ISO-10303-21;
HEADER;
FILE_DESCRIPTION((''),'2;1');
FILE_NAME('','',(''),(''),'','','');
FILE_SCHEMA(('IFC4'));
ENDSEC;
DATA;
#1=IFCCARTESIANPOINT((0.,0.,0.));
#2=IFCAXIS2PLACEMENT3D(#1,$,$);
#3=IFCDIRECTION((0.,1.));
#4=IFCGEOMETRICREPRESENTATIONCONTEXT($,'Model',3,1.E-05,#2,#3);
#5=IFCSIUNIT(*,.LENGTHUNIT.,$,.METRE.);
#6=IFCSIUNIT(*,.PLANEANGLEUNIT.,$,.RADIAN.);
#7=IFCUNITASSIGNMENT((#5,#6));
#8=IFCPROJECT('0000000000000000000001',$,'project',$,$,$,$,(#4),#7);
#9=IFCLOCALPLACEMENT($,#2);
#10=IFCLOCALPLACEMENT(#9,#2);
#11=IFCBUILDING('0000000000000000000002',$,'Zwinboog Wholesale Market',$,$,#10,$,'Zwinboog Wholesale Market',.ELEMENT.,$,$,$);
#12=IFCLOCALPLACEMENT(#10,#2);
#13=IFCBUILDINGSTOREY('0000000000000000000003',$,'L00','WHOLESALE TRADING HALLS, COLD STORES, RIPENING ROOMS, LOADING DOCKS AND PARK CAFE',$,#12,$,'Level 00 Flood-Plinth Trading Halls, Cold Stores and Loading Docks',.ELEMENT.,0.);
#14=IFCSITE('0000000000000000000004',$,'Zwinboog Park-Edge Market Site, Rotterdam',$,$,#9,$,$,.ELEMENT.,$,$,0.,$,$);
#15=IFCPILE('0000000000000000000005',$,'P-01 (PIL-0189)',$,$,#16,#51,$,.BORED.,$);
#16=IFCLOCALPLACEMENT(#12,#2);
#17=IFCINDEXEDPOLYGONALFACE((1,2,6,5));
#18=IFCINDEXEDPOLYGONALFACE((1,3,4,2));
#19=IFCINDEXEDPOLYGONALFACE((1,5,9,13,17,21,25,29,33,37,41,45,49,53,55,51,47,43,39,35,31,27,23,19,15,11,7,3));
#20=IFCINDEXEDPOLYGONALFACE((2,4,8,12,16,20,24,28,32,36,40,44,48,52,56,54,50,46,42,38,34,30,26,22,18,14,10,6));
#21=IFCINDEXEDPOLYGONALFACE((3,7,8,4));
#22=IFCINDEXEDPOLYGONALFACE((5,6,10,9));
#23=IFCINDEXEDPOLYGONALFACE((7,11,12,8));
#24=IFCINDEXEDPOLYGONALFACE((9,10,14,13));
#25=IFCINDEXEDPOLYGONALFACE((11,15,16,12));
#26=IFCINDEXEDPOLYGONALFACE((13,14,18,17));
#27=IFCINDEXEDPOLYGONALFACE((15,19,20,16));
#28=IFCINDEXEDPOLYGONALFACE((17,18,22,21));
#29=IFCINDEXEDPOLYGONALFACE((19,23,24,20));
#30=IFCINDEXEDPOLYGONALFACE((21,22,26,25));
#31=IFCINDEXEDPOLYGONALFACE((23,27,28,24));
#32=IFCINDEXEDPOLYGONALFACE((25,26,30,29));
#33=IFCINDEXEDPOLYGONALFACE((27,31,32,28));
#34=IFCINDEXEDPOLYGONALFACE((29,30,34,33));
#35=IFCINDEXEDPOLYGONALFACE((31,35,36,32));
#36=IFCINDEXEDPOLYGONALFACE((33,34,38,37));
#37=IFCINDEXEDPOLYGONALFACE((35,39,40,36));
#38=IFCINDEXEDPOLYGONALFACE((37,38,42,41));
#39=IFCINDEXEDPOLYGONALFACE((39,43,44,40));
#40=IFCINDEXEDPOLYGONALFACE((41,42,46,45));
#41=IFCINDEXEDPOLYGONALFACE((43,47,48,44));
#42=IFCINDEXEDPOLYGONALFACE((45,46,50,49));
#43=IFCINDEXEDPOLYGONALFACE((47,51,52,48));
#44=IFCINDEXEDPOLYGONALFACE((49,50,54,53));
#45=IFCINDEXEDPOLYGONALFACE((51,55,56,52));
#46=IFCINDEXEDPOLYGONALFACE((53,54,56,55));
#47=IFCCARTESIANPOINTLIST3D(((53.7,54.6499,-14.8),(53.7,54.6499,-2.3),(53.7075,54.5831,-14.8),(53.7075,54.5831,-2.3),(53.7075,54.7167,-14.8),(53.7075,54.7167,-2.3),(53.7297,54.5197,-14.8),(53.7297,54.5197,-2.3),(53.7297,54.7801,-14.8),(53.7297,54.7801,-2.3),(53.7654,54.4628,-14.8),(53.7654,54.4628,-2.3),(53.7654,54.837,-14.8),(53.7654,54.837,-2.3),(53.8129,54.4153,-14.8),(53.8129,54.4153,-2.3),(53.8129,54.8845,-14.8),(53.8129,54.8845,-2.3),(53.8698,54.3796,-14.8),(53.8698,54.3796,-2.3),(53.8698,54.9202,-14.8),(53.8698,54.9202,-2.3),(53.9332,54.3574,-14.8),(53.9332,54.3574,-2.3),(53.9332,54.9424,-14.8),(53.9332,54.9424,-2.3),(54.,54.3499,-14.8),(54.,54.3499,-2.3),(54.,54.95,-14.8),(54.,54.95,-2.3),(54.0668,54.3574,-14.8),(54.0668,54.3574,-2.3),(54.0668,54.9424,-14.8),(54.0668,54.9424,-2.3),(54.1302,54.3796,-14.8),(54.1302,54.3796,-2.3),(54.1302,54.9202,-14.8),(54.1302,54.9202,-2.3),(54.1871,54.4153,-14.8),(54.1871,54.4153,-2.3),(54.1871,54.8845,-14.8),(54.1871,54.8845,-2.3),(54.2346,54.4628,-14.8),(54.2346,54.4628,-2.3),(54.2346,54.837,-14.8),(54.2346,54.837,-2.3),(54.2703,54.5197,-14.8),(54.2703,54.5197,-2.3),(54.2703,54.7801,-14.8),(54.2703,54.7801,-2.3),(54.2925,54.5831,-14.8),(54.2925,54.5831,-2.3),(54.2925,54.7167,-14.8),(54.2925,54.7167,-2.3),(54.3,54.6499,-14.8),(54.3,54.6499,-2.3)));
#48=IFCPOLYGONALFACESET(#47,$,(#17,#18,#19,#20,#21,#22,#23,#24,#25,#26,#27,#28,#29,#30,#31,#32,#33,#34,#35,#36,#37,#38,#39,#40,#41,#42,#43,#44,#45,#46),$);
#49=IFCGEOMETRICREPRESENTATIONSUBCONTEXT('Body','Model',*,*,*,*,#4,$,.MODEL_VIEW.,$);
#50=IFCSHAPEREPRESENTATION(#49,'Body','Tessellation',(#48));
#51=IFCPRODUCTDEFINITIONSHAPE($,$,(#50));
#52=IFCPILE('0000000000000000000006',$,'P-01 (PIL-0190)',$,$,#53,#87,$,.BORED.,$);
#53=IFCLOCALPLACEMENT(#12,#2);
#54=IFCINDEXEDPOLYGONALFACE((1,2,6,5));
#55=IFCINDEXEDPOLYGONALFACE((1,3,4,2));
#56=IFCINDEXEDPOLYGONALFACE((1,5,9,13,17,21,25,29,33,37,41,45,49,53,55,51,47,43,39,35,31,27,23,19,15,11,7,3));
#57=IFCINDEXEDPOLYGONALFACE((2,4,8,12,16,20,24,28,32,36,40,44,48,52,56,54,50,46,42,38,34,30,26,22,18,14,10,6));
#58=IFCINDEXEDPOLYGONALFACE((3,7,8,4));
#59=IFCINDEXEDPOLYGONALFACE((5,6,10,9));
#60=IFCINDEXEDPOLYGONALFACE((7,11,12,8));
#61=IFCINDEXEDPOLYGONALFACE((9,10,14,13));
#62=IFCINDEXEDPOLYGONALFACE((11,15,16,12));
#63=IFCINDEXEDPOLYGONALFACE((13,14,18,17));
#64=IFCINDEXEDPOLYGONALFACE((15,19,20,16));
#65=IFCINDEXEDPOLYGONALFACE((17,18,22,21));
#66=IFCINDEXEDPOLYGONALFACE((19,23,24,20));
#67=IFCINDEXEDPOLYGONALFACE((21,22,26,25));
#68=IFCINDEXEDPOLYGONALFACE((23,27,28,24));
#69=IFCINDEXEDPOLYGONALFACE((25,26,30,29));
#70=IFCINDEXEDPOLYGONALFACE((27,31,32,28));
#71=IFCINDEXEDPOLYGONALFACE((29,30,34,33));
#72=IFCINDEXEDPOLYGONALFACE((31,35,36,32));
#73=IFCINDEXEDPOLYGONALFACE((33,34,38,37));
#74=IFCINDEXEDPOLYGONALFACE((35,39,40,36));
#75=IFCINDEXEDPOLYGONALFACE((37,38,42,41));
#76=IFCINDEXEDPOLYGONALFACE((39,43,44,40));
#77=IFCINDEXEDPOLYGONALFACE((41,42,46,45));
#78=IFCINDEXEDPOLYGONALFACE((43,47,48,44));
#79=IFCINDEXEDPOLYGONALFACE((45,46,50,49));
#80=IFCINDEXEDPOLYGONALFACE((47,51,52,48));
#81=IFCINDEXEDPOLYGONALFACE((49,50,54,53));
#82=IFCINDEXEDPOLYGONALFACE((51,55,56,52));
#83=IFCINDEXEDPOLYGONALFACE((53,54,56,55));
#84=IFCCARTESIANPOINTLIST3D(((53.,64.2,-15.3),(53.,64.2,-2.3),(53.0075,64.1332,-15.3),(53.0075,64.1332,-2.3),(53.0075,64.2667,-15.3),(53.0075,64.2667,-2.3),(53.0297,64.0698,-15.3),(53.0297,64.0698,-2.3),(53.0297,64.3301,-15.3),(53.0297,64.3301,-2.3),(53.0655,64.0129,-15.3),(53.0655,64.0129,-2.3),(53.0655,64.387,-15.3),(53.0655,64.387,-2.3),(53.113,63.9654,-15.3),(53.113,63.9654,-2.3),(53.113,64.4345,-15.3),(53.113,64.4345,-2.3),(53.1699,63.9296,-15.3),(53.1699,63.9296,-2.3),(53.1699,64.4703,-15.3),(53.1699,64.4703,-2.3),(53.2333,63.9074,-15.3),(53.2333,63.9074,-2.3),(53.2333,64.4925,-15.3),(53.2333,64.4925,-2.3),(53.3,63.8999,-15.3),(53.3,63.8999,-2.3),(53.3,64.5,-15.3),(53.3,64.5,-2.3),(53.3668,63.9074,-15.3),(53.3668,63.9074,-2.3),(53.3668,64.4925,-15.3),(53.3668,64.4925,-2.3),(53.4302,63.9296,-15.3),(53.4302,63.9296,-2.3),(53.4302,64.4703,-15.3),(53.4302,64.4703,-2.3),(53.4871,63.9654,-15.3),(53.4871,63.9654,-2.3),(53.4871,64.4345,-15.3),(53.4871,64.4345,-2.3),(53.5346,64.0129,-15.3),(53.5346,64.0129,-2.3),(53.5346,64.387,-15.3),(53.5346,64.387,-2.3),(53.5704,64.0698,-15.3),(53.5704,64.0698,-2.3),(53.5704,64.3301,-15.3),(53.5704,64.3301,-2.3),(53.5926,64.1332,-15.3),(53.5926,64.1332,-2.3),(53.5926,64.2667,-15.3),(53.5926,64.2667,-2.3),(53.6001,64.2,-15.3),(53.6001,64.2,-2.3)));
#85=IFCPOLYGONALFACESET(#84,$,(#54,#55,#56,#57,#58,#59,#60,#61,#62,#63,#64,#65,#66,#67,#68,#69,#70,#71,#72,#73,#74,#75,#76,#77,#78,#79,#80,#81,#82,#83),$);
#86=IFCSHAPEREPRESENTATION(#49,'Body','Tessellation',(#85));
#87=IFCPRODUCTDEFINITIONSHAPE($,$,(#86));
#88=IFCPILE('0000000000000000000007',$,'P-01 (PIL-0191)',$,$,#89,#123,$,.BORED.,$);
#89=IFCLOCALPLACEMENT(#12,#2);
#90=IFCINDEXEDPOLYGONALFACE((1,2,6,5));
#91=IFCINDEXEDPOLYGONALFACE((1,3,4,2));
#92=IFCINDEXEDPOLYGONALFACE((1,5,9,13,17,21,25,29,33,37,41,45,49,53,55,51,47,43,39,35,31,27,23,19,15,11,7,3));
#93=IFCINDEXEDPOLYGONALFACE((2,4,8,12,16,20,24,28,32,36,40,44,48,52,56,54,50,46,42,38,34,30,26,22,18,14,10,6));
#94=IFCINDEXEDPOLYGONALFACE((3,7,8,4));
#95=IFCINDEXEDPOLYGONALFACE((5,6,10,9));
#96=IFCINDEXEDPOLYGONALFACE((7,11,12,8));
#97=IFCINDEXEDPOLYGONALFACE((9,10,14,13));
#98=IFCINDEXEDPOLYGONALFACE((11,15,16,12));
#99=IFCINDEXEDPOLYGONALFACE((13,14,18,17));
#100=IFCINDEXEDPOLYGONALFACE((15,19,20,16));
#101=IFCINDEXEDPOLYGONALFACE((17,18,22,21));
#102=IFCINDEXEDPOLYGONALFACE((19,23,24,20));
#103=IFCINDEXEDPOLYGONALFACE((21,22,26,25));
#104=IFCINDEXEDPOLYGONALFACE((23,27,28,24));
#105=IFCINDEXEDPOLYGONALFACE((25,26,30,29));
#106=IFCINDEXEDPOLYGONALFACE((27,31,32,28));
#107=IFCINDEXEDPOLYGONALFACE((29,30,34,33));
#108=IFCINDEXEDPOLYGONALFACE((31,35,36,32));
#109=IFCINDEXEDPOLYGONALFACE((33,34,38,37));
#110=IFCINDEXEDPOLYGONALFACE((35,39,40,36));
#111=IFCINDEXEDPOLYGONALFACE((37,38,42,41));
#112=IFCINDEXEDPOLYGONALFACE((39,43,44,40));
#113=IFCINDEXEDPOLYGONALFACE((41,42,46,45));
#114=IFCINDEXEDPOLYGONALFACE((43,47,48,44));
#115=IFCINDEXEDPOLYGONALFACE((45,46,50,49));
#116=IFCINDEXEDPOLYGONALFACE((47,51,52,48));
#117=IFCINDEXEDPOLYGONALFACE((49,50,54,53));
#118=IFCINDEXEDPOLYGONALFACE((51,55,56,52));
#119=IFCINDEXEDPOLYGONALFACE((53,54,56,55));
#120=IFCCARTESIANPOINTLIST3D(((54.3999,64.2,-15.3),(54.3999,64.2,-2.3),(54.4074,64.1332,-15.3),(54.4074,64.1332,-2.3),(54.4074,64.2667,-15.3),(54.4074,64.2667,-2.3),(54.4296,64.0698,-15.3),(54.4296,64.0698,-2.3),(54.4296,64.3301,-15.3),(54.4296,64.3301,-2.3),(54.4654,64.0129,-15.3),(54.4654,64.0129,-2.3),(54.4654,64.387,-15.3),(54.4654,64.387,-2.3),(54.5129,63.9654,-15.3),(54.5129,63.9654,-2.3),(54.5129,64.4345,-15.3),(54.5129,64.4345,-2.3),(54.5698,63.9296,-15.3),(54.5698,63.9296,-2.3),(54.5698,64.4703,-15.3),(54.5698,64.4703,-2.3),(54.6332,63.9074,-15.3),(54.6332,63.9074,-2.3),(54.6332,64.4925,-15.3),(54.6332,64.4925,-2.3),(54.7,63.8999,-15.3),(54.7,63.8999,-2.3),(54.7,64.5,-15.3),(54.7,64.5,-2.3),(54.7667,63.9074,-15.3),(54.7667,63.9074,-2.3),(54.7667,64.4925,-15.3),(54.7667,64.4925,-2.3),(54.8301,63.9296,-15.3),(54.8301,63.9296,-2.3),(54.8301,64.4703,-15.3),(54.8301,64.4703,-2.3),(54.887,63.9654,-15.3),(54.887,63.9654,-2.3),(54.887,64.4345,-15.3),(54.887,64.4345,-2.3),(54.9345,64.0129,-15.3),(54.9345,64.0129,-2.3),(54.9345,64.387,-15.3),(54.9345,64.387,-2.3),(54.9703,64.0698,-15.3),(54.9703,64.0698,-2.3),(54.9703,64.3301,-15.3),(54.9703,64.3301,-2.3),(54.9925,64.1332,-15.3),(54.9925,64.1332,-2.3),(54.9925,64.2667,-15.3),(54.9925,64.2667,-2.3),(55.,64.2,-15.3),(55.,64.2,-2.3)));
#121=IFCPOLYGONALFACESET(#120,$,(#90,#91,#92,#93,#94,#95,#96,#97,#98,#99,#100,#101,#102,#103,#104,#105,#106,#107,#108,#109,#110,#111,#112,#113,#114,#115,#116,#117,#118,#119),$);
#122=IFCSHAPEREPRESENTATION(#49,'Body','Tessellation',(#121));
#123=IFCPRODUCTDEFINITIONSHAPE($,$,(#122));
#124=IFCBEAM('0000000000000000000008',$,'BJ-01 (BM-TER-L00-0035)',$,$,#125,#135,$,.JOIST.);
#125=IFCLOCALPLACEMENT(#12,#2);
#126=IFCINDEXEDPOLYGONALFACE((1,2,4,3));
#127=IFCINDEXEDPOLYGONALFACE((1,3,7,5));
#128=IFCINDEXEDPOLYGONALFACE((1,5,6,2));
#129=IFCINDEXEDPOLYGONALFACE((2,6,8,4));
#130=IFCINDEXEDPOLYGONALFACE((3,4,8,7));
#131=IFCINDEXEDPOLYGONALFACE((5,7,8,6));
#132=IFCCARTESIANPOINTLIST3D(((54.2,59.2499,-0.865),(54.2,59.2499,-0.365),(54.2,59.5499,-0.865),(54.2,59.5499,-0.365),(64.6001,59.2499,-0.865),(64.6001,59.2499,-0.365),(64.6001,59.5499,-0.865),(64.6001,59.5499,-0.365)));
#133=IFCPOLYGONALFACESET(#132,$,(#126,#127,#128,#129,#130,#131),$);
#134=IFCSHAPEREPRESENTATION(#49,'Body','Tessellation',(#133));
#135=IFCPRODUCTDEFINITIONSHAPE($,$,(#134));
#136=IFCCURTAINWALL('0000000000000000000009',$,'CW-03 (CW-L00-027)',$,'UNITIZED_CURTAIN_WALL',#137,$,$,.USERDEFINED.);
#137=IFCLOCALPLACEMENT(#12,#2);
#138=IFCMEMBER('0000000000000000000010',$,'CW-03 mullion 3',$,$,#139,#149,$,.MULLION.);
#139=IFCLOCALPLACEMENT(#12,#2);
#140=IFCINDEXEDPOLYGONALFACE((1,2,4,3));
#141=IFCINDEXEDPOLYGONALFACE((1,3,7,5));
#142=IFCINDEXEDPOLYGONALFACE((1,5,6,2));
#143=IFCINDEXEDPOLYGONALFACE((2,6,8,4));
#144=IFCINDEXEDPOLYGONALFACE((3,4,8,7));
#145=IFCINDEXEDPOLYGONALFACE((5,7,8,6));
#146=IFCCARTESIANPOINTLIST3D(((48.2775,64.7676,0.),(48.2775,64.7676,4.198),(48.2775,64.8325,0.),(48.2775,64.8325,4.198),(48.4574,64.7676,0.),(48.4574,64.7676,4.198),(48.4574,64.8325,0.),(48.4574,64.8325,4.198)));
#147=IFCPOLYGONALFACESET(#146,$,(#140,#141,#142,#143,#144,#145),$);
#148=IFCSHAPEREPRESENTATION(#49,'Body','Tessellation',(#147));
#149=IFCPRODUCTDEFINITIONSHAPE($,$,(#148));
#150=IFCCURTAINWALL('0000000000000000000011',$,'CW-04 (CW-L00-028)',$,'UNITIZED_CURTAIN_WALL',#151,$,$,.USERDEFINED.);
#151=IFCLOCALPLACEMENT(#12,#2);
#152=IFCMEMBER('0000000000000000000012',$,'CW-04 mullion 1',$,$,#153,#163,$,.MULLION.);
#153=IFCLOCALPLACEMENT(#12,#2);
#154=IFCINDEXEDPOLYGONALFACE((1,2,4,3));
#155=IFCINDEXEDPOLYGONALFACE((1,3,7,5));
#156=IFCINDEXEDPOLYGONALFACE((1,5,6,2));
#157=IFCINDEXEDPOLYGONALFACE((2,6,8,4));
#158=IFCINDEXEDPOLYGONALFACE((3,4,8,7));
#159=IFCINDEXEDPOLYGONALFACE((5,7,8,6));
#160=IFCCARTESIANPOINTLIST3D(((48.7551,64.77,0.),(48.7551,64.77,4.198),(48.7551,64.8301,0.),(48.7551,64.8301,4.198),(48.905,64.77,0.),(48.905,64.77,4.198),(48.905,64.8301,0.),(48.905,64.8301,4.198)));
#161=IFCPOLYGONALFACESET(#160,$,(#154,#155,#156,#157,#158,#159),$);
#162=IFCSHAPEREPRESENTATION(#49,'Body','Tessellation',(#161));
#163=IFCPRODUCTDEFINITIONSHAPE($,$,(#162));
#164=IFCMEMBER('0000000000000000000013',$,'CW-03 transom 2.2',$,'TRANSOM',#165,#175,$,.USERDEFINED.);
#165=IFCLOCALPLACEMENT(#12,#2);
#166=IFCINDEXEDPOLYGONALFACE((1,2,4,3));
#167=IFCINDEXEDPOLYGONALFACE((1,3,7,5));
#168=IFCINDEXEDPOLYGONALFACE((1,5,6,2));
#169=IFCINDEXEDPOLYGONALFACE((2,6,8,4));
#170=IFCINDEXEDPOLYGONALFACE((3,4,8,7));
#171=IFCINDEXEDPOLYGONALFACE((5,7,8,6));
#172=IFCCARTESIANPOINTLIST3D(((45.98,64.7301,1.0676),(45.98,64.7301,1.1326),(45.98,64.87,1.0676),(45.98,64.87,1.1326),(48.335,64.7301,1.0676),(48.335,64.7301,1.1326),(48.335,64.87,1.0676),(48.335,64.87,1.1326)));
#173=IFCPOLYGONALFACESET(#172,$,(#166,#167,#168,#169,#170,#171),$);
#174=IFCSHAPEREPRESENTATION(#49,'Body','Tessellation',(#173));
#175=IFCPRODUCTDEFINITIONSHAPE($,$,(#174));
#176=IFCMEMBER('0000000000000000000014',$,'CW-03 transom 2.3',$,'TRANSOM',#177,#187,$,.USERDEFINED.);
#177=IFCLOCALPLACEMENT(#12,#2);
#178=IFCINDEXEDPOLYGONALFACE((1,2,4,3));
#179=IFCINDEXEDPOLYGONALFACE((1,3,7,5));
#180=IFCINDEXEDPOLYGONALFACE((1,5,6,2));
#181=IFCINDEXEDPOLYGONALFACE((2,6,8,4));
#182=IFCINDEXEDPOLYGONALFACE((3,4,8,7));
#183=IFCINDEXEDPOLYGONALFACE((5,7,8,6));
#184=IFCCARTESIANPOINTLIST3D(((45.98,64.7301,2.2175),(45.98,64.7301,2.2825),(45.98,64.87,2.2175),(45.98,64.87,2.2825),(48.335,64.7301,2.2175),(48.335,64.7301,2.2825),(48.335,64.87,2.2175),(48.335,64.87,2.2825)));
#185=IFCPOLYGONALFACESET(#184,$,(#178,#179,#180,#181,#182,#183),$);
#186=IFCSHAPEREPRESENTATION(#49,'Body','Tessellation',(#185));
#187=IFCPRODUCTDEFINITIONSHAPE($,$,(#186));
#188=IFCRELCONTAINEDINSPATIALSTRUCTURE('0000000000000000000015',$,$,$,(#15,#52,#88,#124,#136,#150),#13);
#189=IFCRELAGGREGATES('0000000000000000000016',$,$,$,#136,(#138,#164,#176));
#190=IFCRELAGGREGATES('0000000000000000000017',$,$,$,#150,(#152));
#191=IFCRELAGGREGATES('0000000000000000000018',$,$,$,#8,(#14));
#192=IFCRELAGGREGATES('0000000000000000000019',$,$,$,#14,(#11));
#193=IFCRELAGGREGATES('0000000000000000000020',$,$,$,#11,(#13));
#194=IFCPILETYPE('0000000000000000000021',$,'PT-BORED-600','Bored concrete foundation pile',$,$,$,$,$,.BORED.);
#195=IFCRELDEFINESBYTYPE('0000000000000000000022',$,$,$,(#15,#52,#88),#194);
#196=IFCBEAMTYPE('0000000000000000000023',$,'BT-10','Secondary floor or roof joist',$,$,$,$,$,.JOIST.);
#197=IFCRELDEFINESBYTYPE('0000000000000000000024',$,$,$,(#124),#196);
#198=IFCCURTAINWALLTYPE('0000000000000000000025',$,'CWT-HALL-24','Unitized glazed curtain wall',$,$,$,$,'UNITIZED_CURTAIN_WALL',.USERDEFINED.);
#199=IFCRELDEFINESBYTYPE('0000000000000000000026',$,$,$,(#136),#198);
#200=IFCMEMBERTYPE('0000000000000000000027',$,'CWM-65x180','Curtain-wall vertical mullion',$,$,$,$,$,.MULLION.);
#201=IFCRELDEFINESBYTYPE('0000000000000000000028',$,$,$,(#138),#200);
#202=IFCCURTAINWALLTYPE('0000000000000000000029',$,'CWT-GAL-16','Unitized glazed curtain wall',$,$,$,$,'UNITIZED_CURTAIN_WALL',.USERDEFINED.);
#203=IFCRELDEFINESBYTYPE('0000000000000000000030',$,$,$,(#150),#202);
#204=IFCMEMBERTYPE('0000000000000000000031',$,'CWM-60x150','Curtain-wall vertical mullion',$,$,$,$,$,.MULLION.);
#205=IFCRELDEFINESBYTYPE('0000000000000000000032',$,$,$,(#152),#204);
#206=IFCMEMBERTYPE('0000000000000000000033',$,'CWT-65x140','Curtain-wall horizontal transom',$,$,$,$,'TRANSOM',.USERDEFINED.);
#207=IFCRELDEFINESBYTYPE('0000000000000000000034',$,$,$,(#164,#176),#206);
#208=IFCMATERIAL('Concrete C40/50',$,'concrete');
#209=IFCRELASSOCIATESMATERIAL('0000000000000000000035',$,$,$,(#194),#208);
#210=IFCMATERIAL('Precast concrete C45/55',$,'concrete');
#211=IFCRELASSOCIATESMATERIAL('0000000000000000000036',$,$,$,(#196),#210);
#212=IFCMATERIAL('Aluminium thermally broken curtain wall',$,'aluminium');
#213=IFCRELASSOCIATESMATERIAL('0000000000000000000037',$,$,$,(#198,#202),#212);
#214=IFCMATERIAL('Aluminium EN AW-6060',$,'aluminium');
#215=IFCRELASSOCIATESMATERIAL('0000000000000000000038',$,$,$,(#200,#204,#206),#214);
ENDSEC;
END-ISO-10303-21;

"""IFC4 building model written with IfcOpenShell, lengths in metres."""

from ifc_helpers import new_model, si_unit, direction, frame, origin, origin_2d, place, context, subcontext, project, spatial, rectangle, circle, extrude, material, material_profile, profile_set, type_object, element, aggregate, save


model = new_model("IFC4")

# Units and contexts
model_context = context("Model", 3, precision=1e-05, world=origin(), true_north=direction((0.0, 1.0)))
body_context = subcontext(model_context, "Body", "Model", "MODEL_VIEW")
ifc_project = project(units=[si_unit("LENGTHUNIT", "METRE"), si_unit("PLANEANGLEUNIT", "RADIAN")], contexts=[model_context])

# Site, building, storey
site_placement = place(None, origin())
site = spatial("IfcSite", under=ifc_project, at=site_placement, Name="Zwinboog Park-Edge Market Site, Rotterdam", CompositionType="ELEMENT", RefElevation=0.0)
building_placement = place(site_placement, origin())
building = spatial("IfcBuilding", under=site, at=building_placement, Name="Zwinboog Wholesale Market", LongName="Zwinboog Wholesale Market", CompositionType="ELEMENT")
storey_placement = place(building_placement, origin())
storey = spatial("IfcBuildingStorey", under=building, at=storey_placement, Name="L00", Description="WHOLESALE TRADING HALLS, COLD STORES, RIPENING ROOMS, LOADING DOCKS AND PARK CAFE", LongName="Level 00 Flood-Plinth Trading Halls, Cold Stores and Loading Docks", CompositionType="ELEMENT", Elevation=0.0)

# Piles
ifc_material_1 = material(Name="Concrete C40/50", Category="concrete")
ifc_material_profile_1 = material_profile(ifc_material_1, circle(Radius=0.3, at=origin_2d()), Name="PILE D600")
ifc_profile_set_1 = profile_set([ifc_material_profile_1], Name="Concrete C40/50")
pile_type = type_object("IfcPileType", Name="PT-BORED-600", Description="Bored concrete foundation pile", PredefinedType="BORED", material=ifc_profile_set_1)
pile_placement = place(storey_placement, frame((54.0, 54.6499, -2.3), z_axis=(0.0, 0.0, -1.0), x_axis=(1.0, 0.0, 0.0)))
element("IfcPile", 1, at=pile_placement, inside=storey, type_object=pile_type, Name="P-01 (PIL-0189)", PredefinedType="BORED", context=body_context, shape_type="SweptSolid", body=[
    extrude(circle(Radius=0.3, at=origin_2d()), origin(), (0.0, 0.0, 1.0), 12.5),
])
for number, where, z_axis, x_axis, name in (
    (2, (53.3, 64.2, -2.3), (0.0, 0.0, -1.0), (1.0, 0.0, 0.0), "P-01 (PIL-0190)"),
    (3, (54.7, 64.2, -2.3), (0.0, 0.0, -1.0), (1.0, 0.0, 0.0), "P-01 (PIL-0191)"),
):
    element("IfcPile", number, at=place(storey_placement, frame(where, z_axis=z_axis, x_axis=x_axis)), inside=storey, type_object=pile_type, Name=name, PredefinedType="BORED", context=body_context, shape_type="SweptSolid", body=[
        extrude(circle(Radius=0.3, at=origin_2d()), origin(), (0.0, 0.0, 1.0), 13.0),
    ])

# Beam
ifc_material_2 = material(Name="Precast concrete C45/55", Category="concrete")
ifc_material_profile_2 = material_profile(ifc_material_2, rectangle(XDim=0.3, YDim=0.5, at=origin_2d()), Name="PC 300x500")
ifc_profile_set_2 = profile_set([ifc_material_profile_2], Name="Precast concrete C45/55")
beam_type = type_object("IfcBeamType", Name="BT-10", Description="Secondary floor or roof joist", PredefinedType="JOIST", material=ifc_profile_set_2)
beam_placement = place(storey_placement, frame((54.2, 59.3999, -0.615), z_axis=(1.0, 0.0, 0.0), x_axis=(0.0, 1.0, 0.0)))
element("IfcBeam", 4, at=beam_placement, inside=storey, type_object=beam_type, Name="BJ-01 (BM-TER-L00-0035)", PredefinedType="JOIST", context=body_context, shape_type="SweptSolid", body=[
    extrude(rectangle(XDim=0.3, YDim=0.5, at=origin_2d()), origin(), (0.0, 0.0, 1.0), 10.4001),
])

# Curtain walls, members
ifc_material_3 = material(Name="Aluminium thermally broken curtain wall", Category="aluminium")
curtain_wall_type_1 = type_object("IfcCurtainWallType", Name="CWT-HALL-24", Description="Unitized glazed curtain wall", ElementType="UNITIZED_CURTAIN_WALL", PredefinedType="USERDEFINED", material=ifc_material_3)
curtain_wall_1_placement = place(storey_placement, origin())
curtain_wall_1 = element("IfcCurtainWall", 5, at=curtain_wall_1_placement, inside=storey, type_object=curtain_wall_type_1, Name="CW-03 (CW-L00-027)", ObjectType="UNITIZED_CURTAIN_WALL", PredefinedType="USERDEFINED")
ifc_material_4 = material(Name="Aluminium EN AW-6060", Category="aluminium")
ifc_material_profile_3 = material_profile(ifc_material_4, rectangle(XDim=0.0649, YDim=0.1799, at=origin_2d()), Name="AL 65x180")
ifc_profile_set_3 = profile_set([ifc_material_profile_3], Name="Aluminium EN AW-6060")
member_type_1 = type_object("IfcMemberType", Name="CWM-65x180", Description="Curtain-wall vertical mullion", PredefinedType="MULLION", material=ifc_profile_set_3)
member_1_placement = place(storey_placement, frame((48.3674, 64.8, 0.0), z_axis=(0.0, 0.0, 1.0), x_axis=(0.0, 1.0, 0.0)))
member_1 = element("IfcMember", 6, at=member_1_placement, type_object=member_type_1, Name="CW-03 mullion 3", PredefinedType="MULLION", context=body_context, shape_type="SweptSolid", body=[
    extrude(rectangle(XDim=0.0649, YDim=0.1799, at=origin_2d()), origin(), (0.0, 0.0, 1.0), 4.198),
])
curtain_wall_type_2 = type_object("IfcCurtainWallType", Name="CWT-GAL-16", Description="Unitized glazed curtain wall", ElementType="UNITIZED_CURTAIN_WALL", PredefinedType="USERDEFINED", material=ifc_material_3)
curtain_wall_2_placement = place(storey_placement, origin())
curtain_wall_2 = element("IfcCurtainWall", 7, at=curtain_wall_2_placement, inside=storey, type_object=curtain_wall_type_2, Name="CW-04 (CW-L00-028)", ObjectType="UNITIZED_CURTAIN_WALL", PredefinedType="USERDEFINED")
ifc_material_profile_4 = material_profile(ifc_material_4, rectangle(XDim=0.0601, YDim=0.1499, at=origin_2d()), Name="AL 60x150")
ifc_profile_set_4 = profile_set([ifc_material_profile_4], Name="Aluminium EN AW-6060")
member_type_2 = type_object("IfcMemberType", Name="CWM-60x150", Description="Curtain-wall vertical mullion", PredefinedType="MULLION", material=ifc_profile_set_4)
member_2_placement = place(storey_placement, frame((48.8301, 64.8, 0.0), z_axis=(0.0, 0.0, 1.0), x_axis=(0.0, 1.0, 0.0)))
member_2 = element("IfcMember", 8, at=member_2_placement, type_object=member_type_2, Name="CW-04 mullion 1", PredefinedType="MULLION", context=body_context, shape_type="SweptSolid", body=[
    extrude(rectangle(XDim=0.0601, YDim=0.1499, at=origin_2d()), origin(), (0.0, 0.0, 1.0), 4.198),
])

# Members
ifc_material_profile_5 = material_profile(ifc_material_4, rectangle(XDim=0.1399, YDim=0.0649, at=origin_2d()), Name="AL 65x140")
ifc_profile_set_5 = profile_set([ifc_material_profile_5], Name="Aluminium EN AW-6060")
member_type_3 = type_object("IfcMemberType", Name="CWT-65x140", Description="Curtain-wall horizontal transom", ElementType="TRANSOM", PredefinedType="USERDEFINED", material=ifc_profile_set_5)
member_3_placement = place(storey_placement, frame((45.98, 64.8, 1.1001), z_axis=(1.0, 0.0, 0.0), x_axis=(0.0, 1.0, 0.0)))
member_3 = element("IfcMember", 9, at=member_3_placement, type_object=member_type_3, Name="CW-03 transom 2.2", ObjectType="TRANSOM", PredefinedType="USERDEFINED", context=body_context, shape_type="SweptSolid", body=[
    extrude(rectangle(XDim=0.1399, YDim=0.0649, at=origin_2d()), origin(), (0.0, 0.0, 1.0), 2.355),
])
member_4_placement = place(storey_placement, frame((45.98, 64.8, 2.25), z_axis=(1.0, 0.0, 0.0), x_axis=(0.0, 1.0, 0.0)))
member_4 = element("IfcMember", 10, at=member_4_placement, type_object=member_type_3, Name="CW-03 transom 2.3", ObjectType="TRANSOM", PredefinedType="USERDEFINED", context=body_context, shape_type="SweptSolid", body=[
    extrude(rectangle(XDim=0.1399, YDim=0.0649, at=origin_2d()), origin(), (0.0, 0.0, 1.0), 2.355),
])

aggregate(curtain_wall_1, [member_1, member_3, member_4])
aggregate(curtain_wall_2, [member_2])

save(model, "model.ifc")
